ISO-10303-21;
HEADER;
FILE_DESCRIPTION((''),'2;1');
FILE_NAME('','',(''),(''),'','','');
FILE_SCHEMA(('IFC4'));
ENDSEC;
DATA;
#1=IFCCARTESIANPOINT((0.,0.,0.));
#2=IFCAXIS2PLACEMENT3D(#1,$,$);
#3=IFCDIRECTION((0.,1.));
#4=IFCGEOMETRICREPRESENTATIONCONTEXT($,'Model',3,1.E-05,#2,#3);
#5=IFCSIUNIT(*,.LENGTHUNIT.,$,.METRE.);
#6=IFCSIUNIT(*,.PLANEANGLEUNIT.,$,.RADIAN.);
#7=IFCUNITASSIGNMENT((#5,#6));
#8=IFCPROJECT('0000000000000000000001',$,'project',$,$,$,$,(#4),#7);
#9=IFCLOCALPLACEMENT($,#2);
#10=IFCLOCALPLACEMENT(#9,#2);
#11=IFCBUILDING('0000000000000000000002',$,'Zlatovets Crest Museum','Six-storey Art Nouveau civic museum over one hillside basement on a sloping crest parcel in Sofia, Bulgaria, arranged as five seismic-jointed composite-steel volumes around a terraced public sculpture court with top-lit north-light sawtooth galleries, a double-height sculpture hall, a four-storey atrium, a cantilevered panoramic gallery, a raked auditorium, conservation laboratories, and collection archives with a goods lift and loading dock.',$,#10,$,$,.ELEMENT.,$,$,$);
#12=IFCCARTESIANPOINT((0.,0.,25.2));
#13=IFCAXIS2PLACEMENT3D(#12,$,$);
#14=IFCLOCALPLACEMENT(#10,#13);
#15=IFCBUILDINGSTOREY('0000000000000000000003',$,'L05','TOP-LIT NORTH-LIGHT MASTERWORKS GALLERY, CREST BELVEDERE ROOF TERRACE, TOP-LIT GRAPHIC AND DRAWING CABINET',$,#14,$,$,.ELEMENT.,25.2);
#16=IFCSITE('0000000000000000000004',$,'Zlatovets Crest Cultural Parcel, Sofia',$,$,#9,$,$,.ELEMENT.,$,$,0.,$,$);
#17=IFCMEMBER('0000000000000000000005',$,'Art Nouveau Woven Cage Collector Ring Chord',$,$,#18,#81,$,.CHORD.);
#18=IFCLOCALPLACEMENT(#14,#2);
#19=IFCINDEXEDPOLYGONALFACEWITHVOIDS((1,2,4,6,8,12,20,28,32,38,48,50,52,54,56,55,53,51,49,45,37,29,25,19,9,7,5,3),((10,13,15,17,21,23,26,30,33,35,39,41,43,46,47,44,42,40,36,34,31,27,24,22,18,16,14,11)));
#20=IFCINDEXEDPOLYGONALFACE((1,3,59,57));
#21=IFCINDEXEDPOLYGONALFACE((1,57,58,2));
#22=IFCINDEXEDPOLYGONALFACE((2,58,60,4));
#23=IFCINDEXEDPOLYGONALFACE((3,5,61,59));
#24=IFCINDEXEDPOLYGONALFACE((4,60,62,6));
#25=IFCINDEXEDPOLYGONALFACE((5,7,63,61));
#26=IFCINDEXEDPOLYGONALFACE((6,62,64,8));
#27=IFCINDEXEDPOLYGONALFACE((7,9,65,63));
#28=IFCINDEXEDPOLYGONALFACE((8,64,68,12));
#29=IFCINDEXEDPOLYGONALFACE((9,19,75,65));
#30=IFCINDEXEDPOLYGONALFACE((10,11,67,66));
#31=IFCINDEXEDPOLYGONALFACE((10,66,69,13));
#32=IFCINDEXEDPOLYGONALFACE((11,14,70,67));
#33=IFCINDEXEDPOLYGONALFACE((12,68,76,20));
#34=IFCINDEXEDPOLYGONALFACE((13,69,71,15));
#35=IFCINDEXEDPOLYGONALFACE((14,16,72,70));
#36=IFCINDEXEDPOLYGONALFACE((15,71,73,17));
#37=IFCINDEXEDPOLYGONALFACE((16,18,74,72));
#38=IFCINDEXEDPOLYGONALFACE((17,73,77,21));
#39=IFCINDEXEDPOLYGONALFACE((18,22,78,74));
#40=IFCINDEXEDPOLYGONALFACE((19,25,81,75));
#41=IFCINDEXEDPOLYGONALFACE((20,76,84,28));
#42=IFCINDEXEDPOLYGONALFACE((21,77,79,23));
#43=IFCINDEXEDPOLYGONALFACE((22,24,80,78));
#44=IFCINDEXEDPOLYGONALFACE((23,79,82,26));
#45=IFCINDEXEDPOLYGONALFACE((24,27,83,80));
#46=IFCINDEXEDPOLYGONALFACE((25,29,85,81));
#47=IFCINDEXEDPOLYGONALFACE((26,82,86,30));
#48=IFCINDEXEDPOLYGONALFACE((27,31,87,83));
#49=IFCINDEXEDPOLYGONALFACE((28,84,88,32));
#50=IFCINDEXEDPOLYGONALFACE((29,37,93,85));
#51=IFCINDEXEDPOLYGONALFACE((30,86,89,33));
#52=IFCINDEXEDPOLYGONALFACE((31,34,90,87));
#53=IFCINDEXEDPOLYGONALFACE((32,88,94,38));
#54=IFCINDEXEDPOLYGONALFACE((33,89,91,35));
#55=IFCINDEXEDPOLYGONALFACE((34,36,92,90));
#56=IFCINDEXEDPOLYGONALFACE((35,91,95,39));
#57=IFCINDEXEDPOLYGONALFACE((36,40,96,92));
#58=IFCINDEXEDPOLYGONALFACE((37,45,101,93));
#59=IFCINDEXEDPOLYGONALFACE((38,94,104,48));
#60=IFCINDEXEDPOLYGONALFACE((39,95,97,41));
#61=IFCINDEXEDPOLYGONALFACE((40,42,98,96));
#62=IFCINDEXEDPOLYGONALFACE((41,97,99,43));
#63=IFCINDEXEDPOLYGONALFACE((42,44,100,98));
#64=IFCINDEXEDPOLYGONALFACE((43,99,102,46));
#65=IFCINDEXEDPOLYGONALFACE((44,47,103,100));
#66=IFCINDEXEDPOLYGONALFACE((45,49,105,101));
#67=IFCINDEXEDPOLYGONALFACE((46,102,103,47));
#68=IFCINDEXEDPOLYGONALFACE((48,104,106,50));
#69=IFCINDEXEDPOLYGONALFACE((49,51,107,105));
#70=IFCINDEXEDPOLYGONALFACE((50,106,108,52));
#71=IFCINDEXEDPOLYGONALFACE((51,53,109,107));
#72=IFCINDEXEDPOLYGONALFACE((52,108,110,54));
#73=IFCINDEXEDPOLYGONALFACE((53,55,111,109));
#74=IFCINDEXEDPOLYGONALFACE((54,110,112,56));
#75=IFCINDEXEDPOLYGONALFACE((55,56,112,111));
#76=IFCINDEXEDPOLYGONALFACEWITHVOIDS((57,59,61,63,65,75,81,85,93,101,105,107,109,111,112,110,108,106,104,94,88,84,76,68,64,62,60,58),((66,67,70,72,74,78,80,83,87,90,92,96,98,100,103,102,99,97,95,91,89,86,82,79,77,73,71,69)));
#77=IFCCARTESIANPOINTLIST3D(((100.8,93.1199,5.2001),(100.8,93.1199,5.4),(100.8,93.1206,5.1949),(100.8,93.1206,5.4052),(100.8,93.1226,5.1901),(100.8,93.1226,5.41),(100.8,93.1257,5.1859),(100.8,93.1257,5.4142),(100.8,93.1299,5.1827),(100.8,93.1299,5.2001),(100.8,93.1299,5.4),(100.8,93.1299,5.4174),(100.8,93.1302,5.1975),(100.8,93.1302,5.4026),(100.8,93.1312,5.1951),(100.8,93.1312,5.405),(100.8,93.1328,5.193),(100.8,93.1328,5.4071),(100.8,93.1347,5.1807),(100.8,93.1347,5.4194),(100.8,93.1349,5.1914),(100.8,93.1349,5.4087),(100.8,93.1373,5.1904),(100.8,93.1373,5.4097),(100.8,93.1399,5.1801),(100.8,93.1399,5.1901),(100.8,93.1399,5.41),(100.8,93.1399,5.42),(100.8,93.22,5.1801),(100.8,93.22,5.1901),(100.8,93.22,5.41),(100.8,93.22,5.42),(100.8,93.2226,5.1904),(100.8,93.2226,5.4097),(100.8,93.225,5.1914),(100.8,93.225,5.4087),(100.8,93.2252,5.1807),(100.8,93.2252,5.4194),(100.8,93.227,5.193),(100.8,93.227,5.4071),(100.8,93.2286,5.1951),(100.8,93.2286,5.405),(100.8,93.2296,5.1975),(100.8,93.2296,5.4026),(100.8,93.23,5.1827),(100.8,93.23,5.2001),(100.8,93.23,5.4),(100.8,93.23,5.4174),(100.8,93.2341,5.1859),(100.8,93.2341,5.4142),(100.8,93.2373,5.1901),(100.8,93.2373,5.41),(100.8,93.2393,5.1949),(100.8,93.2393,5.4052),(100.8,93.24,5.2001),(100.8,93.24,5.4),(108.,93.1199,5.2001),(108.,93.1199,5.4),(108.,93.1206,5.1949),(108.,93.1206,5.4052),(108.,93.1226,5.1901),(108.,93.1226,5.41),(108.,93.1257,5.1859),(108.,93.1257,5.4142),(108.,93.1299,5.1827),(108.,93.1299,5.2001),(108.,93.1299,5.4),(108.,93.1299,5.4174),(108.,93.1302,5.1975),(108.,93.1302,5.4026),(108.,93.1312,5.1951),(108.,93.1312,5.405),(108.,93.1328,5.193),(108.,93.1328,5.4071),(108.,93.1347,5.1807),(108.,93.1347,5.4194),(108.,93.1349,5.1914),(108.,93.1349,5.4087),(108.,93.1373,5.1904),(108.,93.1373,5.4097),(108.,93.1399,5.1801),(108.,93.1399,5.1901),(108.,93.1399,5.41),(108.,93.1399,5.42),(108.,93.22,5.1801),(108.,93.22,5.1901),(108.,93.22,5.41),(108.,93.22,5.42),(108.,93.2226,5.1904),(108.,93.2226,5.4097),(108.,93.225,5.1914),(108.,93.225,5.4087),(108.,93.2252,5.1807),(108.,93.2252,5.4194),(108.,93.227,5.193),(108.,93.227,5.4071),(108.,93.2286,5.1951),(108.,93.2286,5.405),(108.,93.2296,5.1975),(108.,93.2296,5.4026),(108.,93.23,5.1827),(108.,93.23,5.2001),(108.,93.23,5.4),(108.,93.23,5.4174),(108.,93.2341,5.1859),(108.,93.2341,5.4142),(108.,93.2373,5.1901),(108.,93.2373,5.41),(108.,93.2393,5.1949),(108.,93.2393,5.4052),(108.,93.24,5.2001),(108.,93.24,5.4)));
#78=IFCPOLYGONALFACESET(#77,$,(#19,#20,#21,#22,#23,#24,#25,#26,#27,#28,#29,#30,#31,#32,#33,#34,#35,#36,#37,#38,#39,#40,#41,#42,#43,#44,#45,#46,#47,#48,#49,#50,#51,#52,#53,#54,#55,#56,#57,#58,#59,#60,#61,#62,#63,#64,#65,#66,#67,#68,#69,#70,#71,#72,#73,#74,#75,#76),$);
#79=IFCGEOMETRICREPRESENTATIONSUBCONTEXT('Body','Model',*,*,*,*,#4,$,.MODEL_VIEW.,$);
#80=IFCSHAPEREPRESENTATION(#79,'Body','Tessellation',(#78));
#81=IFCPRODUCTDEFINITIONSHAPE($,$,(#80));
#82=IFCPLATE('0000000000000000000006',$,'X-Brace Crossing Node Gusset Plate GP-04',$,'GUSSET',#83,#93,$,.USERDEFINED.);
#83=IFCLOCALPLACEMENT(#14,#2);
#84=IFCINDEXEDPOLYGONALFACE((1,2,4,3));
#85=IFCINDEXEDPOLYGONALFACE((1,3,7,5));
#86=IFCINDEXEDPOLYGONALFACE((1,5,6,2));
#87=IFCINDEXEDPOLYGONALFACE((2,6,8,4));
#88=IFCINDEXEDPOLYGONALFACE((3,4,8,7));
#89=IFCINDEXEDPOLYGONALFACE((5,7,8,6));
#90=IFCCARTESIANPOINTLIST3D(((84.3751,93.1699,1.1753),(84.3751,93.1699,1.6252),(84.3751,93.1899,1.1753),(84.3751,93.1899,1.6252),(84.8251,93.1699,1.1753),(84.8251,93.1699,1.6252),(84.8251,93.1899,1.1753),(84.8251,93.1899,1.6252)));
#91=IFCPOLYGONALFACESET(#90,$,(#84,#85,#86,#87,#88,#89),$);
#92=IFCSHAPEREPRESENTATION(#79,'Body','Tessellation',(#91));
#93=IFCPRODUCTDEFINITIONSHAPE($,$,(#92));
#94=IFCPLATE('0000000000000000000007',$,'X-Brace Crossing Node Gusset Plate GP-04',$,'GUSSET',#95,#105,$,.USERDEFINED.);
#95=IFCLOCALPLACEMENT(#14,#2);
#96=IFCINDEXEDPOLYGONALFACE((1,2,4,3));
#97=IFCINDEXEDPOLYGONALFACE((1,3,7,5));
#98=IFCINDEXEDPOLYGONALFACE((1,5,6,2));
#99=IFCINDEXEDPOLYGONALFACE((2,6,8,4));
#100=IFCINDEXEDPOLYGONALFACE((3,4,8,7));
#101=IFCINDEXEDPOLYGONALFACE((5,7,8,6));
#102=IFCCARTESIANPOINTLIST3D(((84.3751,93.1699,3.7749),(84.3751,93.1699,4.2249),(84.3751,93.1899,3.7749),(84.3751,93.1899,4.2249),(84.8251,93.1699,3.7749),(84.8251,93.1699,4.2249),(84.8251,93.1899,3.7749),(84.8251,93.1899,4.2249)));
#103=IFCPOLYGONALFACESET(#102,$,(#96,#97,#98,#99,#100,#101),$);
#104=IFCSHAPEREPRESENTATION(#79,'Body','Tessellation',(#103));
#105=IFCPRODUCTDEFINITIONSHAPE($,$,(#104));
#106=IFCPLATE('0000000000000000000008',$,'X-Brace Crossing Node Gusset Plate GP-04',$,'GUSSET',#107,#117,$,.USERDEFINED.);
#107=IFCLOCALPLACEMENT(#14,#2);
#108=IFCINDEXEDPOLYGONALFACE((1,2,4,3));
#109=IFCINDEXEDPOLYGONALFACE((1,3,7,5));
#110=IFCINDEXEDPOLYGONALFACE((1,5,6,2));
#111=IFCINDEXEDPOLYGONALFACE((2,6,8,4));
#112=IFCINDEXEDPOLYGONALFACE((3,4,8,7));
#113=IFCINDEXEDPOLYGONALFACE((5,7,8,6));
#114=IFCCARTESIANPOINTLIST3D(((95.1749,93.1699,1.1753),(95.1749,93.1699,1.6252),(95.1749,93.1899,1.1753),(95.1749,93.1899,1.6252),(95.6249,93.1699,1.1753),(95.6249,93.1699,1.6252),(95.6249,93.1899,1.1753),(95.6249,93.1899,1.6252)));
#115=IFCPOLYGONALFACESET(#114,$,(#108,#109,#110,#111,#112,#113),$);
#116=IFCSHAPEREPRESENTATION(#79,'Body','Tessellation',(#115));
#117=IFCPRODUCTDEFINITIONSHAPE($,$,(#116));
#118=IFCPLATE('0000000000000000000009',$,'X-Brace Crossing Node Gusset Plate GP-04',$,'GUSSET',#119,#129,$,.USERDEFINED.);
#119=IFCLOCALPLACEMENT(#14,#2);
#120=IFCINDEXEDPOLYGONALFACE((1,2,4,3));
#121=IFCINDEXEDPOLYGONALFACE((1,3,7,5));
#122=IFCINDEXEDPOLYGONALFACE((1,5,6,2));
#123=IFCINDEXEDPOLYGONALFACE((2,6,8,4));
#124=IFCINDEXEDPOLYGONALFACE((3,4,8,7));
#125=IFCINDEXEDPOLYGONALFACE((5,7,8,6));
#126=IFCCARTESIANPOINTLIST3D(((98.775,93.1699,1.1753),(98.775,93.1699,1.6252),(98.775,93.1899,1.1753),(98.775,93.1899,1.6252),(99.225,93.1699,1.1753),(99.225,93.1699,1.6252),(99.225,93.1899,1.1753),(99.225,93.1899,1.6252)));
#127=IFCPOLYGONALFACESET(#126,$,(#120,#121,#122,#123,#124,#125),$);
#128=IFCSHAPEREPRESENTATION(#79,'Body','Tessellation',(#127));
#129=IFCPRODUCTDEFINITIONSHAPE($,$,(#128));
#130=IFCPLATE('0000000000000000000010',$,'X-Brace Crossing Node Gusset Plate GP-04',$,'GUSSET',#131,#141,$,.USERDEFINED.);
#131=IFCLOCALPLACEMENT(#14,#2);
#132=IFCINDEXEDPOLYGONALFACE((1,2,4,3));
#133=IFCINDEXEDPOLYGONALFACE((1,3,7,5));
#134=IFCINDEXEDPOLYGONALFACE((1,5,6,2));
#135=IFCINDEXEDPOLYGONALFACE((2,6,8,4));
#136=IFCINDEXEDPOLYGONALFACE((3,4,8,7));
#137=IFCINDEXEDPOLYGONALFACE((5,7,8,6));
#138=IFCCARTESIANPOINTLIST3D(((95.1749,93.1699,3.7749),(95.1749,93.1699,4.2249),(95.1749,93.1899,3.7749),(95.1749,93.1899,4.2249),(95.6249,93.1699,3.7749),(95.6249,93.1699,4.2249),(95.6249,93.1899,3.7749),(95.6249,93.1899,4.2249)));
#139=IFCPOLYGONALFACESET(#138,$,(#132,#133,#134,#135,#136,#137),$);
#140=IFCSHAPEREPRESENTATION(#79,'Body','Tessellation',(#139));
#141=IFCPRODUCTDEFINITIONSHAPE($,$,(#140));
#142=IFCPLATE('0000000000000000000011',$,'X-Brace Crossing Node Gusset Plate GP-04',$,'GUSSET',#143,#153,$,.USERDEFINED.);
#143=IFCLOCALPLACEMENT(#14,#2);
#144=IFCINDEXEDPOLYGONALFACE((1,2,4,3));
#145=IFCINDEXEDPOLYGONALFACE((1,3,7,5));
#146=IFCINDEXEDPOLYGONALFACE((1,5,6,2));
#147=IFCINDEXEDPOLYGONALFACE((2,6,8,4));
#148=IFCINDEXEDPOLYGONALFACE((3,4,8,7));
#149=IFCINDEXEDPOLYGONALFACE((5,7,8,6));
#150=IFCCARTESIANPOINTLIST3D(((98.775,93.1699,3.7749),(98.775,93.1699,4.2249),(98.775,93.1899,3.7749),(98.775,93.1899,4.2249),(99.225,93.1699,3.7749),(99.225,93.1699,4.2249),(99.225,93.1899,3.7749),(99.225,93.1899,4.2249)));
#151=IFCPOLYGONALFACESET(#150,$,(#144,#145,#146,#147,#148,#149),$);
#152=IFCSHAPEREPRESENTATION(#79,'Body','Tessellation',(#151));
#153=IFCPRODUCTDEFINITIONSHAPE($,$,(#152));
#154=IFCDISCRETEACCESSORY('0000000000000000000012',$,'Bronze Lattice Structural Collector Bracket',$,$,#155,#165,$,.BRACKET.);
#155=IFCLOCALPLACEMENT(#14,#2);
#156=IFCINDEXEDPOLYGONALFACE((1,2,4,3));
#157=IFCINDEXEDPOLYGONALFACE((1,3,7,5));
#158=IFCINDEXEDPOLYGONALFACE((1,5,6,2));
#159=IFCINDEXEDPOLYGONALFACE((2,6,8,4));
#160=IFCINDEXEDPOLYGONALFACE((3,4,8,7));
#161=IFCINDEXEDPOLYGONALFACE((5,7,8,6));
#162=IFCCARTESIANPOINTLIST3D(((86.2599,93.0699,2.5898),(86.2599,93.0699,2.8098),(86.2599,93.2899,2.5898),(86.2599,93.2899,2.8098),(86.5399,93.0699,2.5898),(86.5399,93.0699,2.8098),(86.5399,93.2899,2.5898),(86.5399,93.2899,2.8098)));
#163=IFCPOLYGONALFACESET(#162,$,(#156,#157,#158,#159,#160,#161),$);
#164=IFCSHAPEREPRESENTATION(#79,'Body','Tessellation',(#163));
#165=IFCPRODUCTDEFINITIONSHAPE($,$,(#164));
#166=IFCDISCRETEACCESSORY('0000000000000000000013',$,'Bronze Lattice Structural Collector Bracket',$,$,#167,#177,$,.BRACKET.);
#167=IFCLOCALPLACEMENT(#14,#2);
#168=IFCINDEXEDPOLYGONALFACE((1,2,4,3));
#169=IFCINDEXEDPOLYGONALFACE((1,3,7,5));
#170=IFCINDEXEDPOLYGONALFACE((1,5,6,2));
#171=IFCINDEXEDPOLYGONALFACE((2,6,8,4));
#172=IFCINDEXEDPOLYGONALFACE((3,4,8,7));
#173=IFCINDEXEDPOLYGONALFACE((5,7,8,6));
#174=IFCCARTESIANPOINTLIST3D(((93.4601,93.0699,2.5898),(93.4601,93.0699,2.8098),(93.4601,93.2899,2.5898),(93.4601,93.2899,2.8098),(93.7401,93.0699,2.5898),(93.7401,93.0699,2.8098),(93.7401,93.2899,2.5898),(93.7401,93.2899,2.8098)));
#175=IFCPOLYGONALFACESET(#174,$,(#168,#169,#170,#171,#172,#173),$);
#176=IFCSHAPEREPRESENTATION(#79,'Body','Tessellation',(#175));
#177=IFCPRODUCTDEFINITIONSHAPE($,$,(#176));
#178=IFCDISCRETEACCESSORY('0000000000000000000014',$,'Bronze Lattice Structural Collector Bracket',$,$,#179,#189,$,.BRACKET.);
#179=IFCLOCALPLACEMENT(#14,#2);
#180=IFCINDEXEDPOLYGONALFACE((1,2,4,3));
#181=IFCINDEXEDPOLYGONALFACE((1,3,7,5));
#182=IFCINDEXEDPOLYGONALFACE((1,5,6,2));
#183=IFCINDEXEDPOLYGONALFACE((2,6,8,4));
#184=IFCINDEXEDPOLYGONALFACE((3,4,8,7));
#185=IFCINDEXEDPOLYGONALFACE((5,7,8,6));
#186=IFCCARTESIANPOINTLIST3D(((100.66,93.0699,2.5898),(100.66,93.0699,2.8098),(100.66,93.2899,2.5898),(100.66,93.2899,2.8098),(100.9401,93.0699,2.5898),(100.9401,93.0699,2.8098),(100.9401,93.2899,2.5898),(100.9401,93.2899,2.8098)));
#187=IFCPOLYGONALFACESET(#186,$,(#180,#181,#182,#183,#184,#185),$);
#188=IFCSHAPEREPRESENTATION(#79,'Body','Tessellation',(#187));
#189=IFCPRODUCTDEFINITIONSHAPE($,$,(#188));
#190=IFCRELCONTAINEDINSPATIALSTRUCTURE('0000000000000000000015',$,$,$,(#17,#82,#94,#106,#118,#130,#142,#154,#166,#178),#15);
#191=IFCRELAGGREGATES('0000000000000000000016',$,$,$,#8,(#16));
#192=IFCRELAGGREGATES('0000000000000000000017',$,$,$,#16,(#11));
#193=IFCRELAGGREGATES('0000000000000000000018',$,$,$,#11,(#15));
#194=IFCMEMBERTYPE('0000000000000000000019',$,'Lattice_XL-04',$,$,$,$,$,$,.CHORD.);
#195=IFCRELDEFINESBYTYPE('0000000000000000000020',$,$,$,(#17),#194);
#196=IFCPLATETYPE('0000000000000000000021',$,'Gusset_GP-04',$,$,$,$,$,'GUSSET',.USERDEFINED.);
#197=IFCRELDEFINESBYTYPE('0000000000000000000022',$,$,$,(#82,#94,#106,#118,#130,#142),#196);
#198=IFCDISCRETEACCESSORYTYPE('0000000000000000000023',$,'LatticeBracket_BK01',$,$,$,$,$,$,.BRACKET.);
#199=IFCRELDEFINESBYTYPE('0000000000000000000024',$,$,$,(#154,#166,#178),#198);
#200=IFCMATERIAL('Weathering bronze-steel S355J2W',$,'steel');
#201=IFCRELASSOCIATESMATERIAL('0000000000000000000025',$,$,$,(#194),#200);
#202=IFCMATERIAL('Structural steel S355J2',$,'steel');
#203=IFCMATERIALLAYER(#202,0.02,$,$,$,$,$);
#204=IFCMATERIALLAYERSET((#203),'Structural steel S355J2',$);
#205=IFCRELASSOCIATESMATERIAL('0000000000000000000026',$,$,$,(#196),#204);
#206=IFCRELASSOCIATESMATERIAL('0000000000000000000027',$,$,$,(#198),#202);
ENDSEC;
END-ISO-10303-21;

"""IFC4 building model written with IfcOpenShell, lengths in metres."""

from ifc_helpers import new_model, si_unit, direction, frame, origin, origin_2d, place, context, subcontext, project, spatial, rectangle, hollow_rectangle, extrude, material, layer, layer_set, material_profile, profile_set, type_object, element, save


model = new_model("IFC4")

# Units and contexts
model_context = context("Model", 3, precision=1e-05, world=origin(), true_north=direction((0.0, 1.0)))
body_context = subcontext(model_context, "Body", "Model", "MODEL_VIEW")
ifc_project = project(units=[si_unit("LENGTHUNIT", "METRE"), si_unit("PLANEANGLEUNIT", "RADIAN")], contexts=[model_context])

# Site, building, storey
site_placement = place(None, origin())
site = spatial("IfcSite", under=ifc_project, at=site_placement, Name="Zlatovets Crest Cultural Parcel, Sofia", CompositionType="ELEMENT", RefElevation=0.0)
building_placement = place(site_placement, origin())
building = spatial("IfcBuilding", under=site, at=building_placement, Name="Zlatovets Crest Museum", Description="Six-storey Art Nouveau civic museum over one hillside basement on a sloping crest parcel in Sofia, Bulgaria, arranged as five seismic-jointed composite-steel volumes around a terraced public sculpture court with top-lit north-light sawtooth galleries, a double-height sculpture hall, a four-storey atrium, a cantilevered panoramic gallery, a raked auditorium, conservation laboratories, and collection archives with a goods lift and loading dock.", CompositionType="ELEMENT")
storey_placement = place(building_placement, frame((0.0, 0.0, 25.2)))
storey = spatial("IfcBuildingStorey", under=building, at=storey_placement, Name="L05", Description="TOP-LIT NORTH-LIGHT MASTERWORKS GALLERY, CREST BELVEDERE ROOF TERRACE, TOP-LIT GRAPHIC AND DRAWING CABINET", CompositionType="ELEMENT", Elevation=25.2)

# Member
ifc_material_1 = material(Name="Weathering bronze-steel S355J2W", Category="steel")
ifc_material_profile_1 = material_profile(ifc_material_1, hollow_rectangle(XDim=0.1201, YDim=0.24, WallThickness=0.01, InnerFilletRadius=0.01, OuterFilletRadius=0.02, at=origin_2d()), Name="RHS 120x240x10.0")
ifc_profile_set_1 = profile_set([ifc_material_profile_1], Name="Weathering bronze-steel S355J2W")
member_type_1 = type_object("IfcMemberType", Name="Lattice_XL-04", PredefinedType="CHORD", material=ifc_profile_set_1)
for number, where, z_axis, x_axis, name in (
    (1, (100.8, 93.1799, 5.3), (1.0, 0.0, 0.0), (0.0, 1.0, 0.0), "Art Nouveau Woven Cage Collector Ring Chord"),
):
    element("IfcMember", number, at=place(storey_placement, frame(where, z_axis=z_axis, x_axis=x_axis)), inside=storey, type_object=member_type_1, Name=name, PredefinedType="CHORD", context=body_context, shape_type="SweptSolid", body=[
        extrude(hollow_rectangle(XDim=0.1201, YDim=0.24, WallThickness=0.01, InnerFilletRadius=0.01, OuterFilletRadius=0.02, at=origin_2d()), origin(), (0.0, 0.0, 1.0), 7.2),
    ])

# Plates
ifc_material_2 = material(Name="Structural steel S355J2", Category="steel")
ifc_layer = layer(ifc_material_2, 0.02)
ifc_layer_set = layer_set([ifc_layer], Name="Structural steel S355J2")
plate_type = type_object("IfcPlateType", Name="Gusset_GP-04", ElementType="GUSSET", PredefinedType="USERDEFINED", material=ifc_layer_set)
for number, where, z_axis, x_axis, name in (
    (2, (84.6001, 93.1799, 1.1753), (0.0, 0.0, 1.0), (1.0, 0.0, 0.0), "X-Brace Crossing Node Gusset Plate GP-04"),
    (3, (84.6001, 93.1799, 3.7749), (0.0, 0.0, 1.0), (1.0, 0.0, 0.0), "X-Brace Crossing Node Gusset Plate GP-04"),
    (4, (95.3999, 93.1799, 1.1753), (0.0, 0.0, 1.0), (1.0, 0.0, 0.0), "X-Brace Crossing Node Gusset Plate GP-04"),
    (5, (99.0, 93.1799, 1.1753), (0.0, 0.0, 1.0), (1.0, 0.0, 0.0), "X-Brace Crossing Node Gusset Plate GP-04"),
    (6, (95.3999, 93.1799, 3.7749), (0.0, 0.0, 1.0), (1.0, 0.0, 0.0), "X-Brace Crossing Node Gusset Plate GP-04"),
    (7, (99.0, 93.1799, 3.7749), (0.0, 0.0, 1.0), (1.0, 0.0, 0.0), "X-Brace Crossing Node Gusset Plate GP-04"),
):
    element("IfcPlate", number, at=place(storey_placement, frame(where, z_axis=z_axis, x_axis=x_axis)), inside=storey, type_object=plate_type, Name=name, ObjectType="GUSSET", PredefinedType="USERDEFINED", context=body_context, shape_type="SweptSolid", body=[
        extrude(rectangle(XDim=0.45, YDim=0.02, at=origin_2d()), origin(), (0.0, 0.0, 1.0), 0.45),
    ])

# Discrete accessories
discrete_accessory_type = type_object("IfcDiscreteAccessoryType", Name="LatticeBracket_BK01", PredefinedType="BRACKET", material=ifc_material_2)
for number, where, z_axis, x_axis, name in (
    (8, (86.3999, 93.1799, 2.5898), (0.0, 0.0, 1.0), (1.0, 0.0, 0.0), "Bronze Lattice Structural Collector Bracket"),
    (9, (93.6001, 93.1799, 2.5898), (0.0, 0.0, 1.0), (1.0, 0.0, 0.0), "Bronze Lattice Structural Collector Bracket"),
    (10, (100.8, 93.1799, 2.5898), (0.0, 0.0, 1.0), (1.0, 0.0, 0.0), "Bronze Lattice Structural Collector Bracket"),
):
    element("IfcDiscreteAccessory", number, at=place(storey_placement, frame(where, z_axis=z_axis, x_axis=x_axis)), inside=storey, type_object=discrete_accessory_type, Name=name, PredefinedType="BRACKET", context=body_context, shape_type="SweptSolid", body=[
        extrude(rectangle(XDim=0.28, YDim=0.22, at=origin_2d()), origin(), (0.0, 0.0, 1.0), 0.22),
    ])

save(model, "model.ifc")
